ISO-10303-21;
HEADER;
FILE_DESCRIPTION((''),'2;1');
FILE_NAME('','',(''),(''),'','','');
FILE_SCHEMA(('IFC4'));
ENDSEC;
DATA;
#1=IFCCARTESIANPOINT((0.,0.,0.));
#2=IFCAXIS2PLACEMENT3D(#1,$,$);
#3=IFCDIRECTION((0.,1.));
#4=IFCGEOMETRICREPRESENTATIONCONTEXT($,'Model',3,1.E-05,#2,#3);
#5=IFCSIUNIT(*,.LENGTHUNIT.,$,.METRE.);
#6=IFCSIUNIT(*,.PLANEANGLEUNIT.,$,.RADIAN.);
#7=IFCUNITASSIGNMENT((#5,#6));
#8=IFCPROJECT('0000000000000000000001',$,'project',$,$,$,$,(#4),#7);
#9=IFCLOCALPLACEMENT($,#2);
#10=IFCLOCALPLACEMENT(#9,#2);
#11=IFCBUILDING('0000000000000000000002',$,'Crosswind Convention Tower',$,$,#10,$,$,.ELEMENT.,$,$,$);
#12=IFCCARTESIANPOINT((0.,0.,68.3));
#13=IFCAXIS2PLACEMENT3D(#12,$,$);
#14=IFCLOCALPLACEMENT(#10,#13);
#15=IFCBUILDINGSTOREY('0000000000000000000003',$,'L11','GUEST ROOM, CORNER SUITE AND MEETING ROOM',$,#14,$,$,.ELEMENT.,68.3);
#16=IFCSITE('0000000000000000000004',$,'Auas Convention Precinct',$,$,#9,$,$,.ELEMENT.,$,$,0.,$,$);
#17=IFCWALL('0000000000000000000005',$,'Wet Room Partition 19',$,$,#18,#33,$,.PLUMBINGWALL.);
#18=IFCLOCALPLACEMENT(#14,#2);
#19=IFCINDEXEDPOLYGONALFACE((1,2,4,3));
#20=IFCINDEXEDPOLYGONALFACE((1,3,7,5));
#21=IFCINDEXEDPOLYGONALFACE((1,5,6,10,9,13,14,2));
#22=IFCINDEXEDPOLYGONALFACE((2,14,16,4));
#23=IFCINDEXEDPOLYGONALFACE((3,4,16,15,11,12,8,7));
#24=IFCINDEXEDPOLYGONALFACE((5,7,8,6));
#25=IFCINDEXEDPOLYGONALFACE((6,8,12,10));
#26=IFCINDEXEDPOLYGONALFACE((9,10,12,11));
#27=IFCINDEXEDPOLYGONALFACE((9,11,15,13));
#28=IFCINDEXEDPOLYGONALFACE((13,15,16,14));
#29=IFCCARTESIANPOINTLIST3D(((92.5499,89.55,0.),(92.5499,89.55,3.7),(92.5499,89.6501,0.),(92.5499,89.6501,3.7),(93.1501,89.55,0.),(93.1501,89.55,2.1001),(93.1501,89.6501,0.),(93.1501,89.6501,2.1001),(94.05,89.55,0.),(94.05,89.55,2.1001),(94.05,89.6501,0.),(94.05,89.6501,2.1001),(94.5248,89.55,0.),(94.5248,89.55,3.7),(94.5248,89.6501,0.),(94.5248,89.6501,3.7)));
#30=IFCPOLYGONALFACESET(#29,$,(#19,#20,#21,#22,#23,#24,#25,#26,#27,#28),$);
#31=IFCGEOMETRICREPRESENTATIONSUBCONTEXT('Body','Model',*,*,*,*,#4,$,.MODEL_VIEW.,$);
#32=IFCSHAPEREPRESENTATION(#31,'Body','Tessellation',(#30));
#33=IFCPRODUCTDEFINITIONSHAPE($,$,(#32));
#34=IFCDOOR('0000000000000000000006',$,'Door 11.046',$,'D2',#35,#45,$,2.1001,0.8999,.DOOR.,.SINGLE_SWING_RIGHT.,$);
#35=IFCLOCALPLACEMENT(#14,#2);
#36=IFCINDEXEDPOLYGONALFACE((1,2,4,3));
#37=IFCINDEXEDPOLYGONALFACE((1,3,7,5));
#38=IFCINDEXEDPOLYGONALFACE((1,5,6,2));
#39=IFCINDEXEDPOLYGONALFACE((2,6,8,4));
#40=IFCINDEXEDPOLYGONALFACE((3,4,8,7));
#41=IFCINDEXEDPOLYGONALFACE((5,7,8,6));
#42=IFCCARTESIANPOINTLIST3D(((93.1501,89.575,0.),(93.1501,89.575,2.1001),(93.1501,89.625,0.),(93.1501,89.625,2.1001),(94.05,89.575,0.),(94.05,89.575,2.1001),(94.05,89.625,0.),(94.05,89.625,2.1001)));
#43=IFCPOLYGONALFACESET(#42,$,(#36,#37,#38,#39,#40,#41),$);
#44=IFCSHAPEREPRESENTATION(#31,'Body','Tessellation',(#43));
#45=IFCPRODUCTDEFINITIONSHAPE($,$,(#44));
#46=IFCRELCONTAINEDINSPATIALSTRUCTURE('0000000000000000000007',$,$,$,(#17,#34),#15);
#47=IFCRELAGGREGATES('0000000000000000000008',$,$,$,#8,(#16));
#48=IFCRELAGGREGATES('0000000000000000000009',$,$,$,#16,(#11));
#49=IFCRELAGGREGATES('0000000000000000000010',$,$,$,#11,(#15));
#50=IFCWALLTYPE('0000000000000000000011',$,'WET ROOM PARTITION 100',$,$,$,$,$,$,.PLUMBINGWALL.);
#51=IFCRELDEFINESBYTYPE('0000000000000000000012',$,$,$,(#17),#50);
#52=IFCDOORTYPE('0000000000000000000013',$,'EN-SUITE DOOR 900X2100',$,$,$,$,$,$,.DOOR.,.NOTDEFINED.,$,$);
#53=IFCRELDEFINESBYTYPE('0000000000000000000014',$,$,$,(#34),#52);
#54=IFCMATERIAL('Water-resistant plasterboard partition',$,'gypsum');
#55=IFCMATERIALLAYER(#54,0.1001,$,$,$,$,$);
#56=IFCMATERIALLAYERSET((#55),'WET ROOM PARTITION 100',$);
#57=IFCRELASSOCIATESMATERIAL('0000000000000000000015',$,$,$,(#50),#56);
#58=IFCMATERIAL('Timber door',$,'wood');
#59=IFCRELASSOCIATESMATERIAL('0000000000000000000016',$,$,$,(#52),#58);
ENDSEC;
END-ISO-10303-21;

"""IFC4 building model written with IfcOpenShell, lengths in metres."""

from ifc_helpers import new_model, si_unit, direction, frame, frame_2d, origin, place, context, subcontext, project, spatial, rectangle, extrude, material, layer, layer_set, type_object, element, fill, save


model = new_model("IFC4")

# Units and contexts
model_context = context("Model", 3, precision=1e-05, world=origin(), true_north=direction((0.0, 1.0)))
body_context = subcontext(model_context, "Body", "Model", "MODEL_VIEW")
ifc_project = project(units=[si_unit("LENGTHUNIT", "METRE"), si_unit("PLANEANGLEUNIT", "RADIAN")], contexts=[model_context])

# Site, building, storey
site_placement = place(None, origin())
site = spatial("IfcSite", under=ifc_project, at=site_placement, Name="Auas Convention Precinct", CompositionType="ELEMENT", RefElevation=0.0)
building_placement = place(site_placement, origin())
building = spatial("IfcBuilding", under=site, at=building_placement, Name="Crosswind Convention Tower", CompositionType="ELEMENT")
storey_placement = place(building_placement, frame((0.0, 0.0, 68.3)))
storey = spatial("IfcBuildingStorey", under=building, at=storey_placement, Name="L11", Description="GUEST ROOM, CORNER SUITE AND MEETING ROOM", CompositionType="ELEMENT", Elevation=68.3)

# Wall, opening, door
ifc_material_1 = material(Name="Water-resistant plasterboard partition", Category="gypsum")
ifc_layer_1 = layer(ifc_material_1, 0.1001)
ifc_layer_set_1 = layer_set([ifc_layer_1], Name="WET ROOM PARTITION 100")
wall_type_1 = type_object("IfcWallType", Name="WET ROOM PARTITION 100", PredefinedType="PLUMBINGWALL", material=ifc_layer_set_1)
wall_1_placement = place(storey_placement, frame((92.55, 89.6001, 0.0), z_axis=(0.0, 0.0, 1.0), x_axis=(1.0, 0.0, 0.0)))
wall_1 = element("IfcWall", 1, at=wall_1_placement, inside=storey, type_object=wall_type_1, Name="Wet Room Partition 19", PredefinedType="PLUMBINGWALL", context=body_context, shape_type="SweptSolid", body=[
    extrude(rectangle(XDim=1.9749, YDim=0.1001, at=frame_2d((0.9873, 0.0))), origin(), (0.0, 0.0, 1.0), 3.7),
])
opening_placement = place(wall_1_placement, frame((0.6001, 0.0, 0.0)))
opening = element("IfcOpeningElement", 2, at=opening_placement, cuts=wall_1, PredefinedType="OPENING", context=body_context, shape_type="SweptSolid", body=[
    extrude(rectangle(XDim=0.8999, YDim=2.1001, at=frame_2d((0.45, 1.05))), frame((0.0, 0.0601, 0.0), z_axis=(0.0, -1.0, 0.0), x_axis=(1.0, 0.0, 0.0)), (0.0, 0.0, 1.0), 0.1201),
])
ifc_material_2 = material(Name="Timber door", Category="wood")
door_type = type_object("IfcDoorType", Name="EN-SUITE DOOR 900X2100", OperationType="NOTDEFINED", PredefinedType="DOOR", material=ifc_material_2)
door_placement = place(opening_placement, origin())
door = element("IfcDoor", 3, at=door_placement, inside=storey, type_object=door_type, Name="Door 11.046", ObjectType="D2", OperationType="SINGLE_SWING_RIGHT", OverallHeight=2.1001, OverallWidth=0.8999, PredefinedType="DOOR", context=body_context, shape_type="SweptSolid", body=[
    extrude(rectangle(XDim=0.8999, YDim=2.1001, at=frame_2d((0.45, 1.05))), frame((0.0, 0.0249, 0.0), z_axis=(0.0, -1.0, 0.0), x_axis=(1.0, 0.0, 0.0)), (0.0, 0.0, 1.0), 0.05),
])
fill(opening, door)

save(model, "model.ifc")
